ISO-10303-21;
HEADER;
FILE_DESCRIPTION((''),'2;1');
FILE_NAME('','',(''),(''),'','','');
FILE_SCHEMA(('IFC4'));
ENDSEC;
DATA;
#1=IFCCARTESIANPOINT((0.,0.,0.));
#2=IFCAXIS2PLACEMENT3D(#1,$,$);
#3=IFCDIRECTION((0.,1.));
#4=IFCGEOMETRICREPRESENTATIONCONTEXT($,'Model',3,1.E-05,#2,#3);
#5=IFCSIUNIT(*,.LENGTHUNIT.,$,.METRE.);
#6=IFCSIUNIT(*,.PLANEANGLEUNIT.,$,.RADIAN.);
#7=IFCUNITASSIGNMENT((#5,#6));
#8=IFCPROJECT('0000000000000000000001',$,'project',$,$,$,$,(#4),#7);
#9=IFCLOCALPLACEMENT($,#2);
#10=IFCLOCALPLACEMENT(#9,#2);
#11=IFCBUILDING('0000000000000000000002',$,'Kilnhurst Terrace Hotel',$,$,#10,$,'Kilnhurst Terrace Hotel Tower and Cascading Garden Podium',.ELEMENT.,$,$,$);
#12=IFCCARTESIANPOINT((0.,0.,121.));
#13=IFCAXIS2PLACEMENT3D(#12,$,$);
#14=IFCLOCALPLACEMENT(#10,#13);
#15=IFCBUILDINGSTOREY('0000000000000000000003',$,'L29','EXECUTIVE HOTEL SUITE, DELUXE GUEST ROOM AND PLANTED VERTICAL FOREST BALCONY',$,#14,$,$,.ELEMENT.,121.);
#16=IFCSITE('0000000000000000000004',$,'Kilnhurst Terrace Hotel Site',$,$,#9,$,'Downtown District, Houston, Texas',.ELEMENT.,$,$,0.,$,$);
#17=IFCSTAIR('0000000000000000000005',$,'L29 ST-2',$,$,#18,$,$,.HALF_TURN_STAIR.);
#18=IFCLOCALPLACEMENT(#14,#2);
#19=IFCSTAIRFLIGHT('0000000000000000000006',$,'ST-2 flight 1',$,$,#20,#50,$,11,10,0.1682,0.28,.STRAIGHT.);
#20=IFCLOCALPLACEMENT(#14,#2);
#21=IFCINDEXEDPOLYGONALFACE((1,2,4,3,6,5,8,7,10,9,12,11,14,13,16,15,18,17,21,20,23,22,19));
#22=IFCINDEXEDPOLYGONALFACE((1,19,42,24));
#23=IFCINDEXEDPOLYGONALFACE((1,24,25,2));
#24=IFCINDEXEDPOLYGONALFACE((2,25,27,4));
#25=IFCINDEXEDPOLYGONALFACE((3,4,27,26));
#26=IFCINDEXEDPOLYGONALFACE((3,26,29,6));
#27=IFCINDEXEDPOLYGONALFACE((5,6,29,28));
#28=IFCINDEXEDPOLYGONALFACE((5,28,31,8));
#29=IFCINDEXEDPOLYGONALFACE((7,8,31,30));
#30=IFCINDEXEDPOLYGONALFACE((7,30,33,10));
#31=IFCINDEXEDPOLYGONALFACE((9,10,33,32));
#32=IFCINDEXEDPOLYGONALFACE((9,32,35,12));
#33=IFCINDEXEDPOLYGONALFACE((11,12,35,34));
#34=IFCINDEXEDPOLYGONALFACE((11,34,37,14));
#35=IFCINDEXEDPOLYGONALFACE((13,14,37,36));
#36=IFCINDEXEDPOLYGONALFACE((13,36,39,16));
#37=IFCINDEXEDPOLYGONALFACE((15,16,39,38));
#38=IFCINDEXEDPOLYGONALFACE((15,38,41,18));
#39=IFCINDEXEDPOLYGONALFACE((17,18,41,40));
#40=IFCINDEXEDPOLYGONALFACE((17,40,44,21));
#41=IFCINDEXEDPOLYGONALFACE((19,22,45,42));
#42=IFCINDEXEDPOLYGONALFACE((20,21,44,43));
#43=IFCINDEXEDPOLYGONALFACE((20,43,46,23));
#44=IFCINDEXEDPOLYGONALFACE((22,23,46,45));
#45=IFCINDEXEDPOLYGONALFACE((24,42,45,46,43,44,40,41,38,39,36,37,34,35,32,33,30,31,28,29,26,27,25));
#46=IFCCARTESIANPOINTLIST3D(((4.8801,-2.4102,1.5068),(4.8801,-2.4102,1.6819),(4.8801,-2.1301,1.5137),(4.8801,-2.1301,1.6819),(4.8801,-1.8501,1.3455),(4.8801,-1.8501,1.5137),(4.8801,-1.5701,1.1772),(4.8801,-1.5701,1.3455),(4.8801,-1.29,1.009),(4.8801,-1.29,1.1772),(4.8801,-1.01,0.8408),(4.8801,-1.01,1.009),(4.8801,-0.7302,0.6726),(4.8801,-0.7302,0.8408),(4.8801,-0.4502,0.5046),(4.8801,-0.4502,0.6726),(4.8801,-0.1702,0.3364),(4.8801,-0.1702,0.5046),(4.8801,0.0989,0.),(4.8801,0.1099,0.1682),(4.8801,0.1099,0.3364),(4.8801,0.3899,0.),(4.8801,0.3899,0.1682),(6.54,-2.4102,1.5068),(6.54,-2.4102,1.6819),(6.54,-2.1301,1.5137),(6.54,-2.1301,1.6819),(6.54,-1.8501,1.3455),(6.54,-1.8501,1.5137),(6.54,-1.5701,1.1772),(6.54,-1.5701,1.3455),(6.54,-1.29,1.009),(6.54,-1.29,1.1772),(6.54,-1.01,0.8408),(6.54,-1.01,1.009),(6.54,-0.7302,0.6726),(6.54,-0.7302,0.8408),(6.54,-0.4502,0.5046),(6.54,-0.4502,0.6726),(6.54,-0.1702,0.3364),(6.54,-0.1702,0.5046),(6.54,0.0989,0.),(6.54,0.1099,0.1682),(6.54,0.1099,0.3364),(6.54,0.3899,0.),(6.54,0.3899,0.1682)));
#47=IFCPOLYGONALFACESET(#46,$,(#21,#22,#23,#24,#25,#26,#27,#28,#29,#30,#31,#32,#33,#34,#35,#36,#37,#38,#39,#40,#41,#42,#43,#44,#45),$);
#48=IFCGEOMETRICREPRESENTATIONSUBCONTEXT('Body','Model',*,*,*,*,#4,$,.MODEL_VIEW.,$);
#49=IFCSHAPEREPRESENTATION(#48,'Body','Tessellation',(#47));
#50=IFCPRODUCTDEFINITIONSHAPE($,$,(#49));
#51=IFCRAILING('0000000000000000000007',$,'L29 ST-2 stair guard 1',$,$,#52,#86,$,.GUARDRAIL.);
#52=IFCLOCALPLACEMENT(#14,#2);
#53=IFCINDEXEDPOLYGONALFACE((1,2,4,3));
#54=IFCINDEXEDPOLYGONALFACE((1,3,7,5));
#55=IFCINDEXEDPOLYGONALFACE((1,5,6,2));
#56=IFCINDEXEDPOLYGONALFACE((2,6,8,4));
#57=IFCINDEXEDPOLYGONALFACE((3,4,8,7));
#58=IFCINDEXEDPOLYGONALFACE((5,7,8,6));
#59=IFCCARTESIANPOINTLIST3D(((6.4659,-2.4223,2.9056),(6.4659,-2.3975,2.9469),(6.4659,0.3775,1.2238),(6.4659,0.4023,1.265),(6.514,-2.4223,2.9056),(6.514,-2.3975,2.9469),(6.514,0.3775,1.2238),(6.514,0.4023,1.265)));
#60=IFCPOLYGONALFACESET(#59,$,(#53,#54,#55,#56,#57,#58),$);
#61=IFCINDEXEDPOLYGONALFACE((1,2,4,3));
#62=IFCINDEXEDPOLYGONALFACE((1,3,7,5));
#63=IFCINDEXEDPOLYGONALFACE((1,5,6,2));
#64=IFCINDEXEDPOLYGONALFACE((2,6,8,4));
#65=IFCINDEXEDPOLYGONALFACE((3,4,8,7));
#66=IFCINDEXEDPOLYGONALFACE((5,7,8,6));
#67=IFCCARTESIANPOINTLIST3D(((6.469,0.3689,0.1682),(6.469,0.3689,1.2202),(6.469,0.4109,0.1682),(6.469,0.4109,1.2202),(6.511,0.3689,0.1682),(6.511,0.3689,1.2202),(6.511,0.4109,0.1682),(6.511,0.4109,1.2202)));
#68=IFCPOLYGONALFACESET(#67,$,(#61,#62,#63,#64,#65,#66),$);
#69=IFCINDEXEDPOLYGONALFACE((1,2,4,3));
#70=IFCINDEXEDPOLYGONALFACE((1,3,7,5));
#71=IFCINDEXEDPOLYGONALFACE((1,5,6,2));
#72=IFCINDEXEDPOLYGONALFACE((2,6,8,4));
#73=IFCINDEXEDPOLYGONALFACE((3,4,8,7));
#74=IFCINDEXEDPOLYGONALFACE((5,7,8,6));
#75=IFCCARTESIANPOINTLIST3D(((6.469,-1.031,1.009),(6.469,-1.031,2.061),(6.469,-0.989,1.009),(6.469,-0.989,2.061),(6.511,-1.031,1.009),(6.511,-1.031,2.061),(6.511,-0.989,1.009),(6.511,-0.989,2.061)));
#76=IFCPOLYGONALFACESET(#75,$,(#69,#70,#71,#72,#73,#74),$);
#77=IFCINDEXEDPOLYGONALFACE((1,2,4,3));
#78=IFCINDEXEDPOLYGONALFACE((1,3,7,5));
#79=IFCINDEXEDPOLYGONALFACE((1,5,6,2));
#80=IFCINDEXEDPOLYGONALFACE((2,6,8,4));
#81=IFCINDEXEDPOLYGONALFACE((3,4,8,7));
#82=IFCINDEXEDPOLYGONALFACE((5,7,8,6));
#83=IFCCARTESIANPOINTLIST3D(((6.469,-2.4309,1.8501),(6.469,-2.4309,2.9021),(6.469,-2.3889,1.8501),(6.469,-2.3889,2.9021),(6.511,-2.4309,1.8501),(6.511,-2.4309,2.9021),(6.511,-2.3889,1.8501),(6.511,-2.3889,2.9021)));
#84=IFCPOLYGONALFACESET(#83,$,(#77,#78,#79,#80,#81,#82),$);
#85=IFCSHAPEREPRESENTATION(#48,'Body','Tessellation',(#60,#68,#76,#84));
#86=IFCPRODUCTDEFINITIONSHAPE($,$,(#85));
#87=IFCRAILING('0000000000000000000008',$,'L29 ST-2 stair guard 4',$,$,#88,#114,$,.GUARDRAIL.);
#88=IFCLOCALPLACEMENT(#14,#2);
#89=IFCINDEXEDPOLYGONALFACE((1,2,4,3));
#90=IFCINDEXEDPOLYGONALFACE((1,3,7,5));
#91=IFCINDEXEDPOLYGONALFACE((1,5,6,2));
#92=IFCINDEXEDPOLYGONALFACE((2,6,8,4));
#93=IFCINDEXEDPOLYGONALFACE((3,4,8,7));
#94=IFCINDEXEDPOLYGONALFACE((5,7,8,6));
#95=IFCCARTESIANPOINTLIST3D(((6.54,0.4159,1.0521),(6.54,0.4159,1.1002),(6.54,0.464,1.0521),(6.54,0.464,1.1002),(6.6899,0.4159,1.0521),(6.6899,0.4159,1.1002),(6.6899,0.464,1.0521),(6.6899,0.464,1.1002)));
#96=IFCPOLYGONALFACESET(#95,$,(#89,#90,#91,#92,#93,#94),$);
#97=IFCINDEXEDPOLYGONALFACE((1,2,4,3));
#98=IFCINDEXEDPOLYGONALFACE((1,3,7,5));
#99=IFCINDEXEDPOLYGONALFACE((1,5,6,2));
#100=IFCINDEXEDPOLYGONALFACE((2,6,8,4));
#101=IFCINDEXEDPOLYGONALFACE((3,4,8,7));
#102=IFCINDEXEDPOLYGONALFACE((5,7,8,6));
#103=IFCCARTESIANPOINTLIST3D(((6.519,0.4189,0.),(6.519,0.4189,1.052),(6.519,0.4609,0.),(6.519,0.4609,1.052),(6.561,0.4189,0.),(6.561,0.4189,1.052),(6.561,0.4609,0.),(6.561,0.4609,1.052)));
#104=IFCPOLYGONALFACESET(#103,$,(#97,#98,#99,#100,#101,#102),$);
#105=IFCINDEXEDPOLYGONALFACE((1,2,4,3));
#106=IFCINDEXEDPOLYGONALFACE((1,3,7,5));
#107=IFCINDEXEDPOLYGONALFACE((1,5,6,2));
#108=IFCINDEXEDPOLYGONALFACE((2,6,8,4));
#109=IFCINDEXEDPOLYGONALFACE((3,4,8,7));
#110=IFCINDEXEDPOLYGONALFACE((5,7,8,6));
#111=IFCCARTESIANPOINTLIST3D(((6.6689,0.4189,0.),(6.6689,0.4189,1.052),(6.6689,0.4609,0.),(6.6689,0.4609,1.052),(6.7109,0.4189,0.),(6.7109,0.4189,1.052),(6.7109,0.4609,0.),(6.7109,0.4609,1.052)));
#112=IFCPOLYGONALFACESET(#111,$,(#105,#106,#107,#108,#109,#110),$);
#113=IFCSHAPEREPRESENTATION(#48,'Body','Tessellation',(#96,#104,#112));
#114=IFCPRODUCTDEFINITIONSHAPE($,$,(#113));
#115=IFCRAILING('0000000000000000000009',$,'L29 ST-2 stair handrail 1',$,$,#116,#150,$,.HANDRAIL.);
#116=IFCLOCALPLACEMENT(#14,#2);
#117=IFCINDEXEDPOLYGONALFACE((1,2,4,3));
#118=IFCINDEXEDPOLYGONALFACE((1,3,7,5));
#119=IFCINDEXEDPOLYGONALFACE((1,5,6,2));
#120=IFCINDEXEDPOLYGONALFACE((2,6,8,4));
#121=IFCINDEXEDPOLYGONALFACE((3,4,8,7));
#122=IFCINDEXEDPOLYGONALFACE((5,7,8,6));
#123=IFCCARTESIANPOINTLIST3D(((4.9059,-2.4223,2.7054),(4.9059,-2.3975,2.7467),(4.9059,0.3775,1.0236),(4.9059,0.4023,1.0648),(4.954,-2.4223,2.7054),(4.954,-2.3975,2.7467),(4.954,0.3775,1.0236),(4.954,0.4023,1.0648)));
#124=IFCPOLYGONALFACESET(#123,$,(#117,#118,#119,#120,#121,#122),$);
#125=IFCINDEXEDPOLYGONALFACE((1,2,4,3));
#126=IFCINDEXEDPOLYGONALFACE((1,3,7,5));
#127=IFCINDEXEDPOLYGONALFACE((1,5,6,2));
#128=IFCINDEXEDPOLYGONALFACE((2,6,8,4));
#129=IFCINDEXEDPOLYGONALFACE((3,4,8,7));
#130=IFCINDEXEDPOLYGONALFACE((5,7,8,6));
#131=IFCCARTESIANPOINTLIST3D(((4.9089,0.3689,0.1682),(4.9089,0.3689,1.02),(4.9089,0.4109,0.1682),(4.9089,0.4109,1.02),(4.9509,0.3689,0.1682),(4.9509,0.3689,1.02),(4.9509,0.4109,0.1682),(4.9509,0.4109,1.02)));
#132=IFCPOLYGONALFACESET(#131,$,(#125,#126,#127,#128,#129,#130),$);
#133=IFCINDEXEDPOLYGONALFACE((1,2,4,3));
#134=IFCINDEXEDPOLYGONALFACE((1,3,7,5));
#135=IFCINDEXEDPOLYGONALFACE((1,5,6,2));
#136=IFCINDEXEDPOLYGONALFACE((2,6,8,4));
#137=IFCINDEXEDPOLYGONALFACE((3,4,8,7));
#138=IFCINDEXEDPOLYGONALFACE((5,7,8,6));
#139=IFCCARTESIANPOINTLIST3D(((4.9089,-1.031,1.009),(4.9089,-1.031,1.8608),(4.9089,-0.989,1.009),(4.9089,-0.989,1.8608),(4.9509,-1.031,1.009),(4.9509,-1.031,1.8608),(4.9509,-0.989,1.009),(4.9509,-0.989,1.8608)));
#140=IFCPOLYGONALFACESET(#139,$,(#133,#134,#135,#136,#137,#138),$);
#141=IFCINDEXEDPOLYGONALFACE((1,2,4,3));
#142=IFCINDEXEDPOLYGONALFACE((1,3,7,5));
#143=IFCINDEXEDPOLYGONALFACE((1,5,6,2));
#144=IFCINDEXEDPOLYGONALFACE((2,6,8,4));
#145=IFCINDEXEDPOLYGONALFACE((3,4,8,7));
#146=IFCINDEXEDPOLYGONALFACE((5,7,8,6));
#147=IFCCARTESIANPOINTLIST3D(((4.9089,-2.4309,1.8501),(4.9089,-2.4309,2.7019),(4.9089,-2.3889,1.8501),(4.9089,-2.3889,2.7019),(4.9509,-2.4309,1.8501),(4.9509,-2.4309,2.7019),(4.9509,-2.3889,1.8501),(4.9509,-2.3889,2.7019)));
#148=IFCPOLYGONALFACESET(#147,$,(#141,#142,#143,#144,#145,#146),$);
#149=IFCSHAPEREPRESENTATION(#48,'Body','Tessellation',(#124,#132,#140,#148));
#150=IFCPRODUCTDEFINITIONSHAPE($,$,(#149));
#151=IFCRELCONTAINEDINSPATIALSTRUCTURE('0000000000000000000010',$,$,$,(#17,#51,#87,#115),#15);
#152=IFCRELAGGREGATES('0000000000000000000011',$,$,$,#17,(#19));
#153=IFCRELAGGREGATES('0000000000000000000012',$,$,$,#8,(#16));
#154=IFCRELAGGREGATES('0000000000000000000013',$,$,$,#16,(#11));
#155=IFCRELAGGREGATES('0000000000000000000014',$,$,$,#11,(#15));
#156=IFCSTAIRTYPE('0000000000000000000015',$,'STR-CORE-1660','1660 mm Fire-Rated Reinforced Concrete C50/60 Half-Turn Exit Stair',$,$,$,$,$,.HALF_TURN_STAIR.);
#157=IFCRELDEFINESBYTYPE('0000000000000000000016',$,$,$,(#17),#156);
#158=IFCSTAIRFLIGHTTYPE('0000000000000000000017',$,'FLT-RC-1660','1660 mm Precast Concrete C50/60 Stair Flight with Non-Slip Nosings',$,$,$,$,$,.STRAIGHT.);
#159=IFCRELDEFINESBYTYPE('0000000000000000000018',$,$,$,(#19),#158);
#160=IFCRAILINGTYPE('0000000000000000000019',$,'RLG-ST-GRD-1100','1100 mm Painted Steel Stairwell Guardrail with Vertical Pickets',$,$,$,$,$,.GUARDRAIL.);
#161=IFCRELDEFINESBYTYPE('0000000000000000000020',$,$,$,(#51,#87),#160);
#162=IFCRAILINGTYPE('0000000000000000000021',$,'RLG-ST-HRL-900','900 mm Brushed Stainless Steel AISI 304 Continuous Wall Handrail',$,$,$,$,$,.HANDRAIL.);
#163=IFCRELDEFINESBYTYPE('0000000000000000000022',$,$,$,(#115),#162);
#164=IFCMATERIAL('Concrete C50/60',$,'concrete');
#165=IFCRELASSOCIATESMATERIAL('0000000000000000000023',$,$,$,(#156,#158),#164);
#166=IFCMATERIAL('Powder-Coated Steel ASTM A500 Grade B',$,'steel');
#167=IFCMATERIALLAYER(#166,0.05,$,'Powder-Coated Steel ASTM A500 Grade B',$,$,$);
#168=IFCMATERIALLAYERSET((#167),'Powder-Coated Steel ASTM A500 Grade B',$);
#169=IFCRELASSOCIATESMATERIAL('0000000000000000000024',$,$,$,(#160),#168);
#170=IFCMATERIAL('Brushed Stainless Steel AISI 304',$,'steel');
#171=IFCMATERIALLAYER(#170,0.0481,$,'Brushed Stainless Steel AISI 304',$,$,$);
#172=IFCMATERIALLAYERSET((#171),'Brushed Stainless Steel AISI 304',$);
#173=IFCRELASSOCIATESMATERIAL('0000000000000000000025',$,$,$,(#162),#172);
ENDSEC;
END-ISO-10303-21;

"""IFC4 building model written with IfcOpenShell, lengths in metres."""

from ifc_helpers import new_model, si_unit, direction, frame, origin, origin_2d, place, context, subcontext, project, spatial, polyline, rectangle, outline, extrude, material, layer, layer_set, type_object, element, aggregate, save


model = new_model("IFC4")

# Units and contexts
model_context = context("Model", 3, precision=1e-05, world=origin(), true_north=direction((0.0, 1.0)))
body_context = subcontext(model_context, "Body", "Model", "MODEL_VIEW")
ifc_project = project(units=[si_unit("LENGTHUNIT", "METRE"), si_unit("PLANEANGLEUNIT", "RADIAN")], contexts=[model_context])

# Site, building, storey
site_placement = place(None, origin())
site = spatial("IfcSite", under=ifc_project, at=site_placement, Name="Kilnhurst Terrace Hotel Site", LongName="Downtown District, Houston, Texas", CompositionType="ELEMENT", RefElevation=0.0)
building_placement = place(site_placement, origin())
building = spatial("IfcBuilding", under=site, at=building_placement, Name="Kilnhurst Terrace Hotel", LongName="Kilnhurst Terrace Hotel Tower and Cascading Garden Podium", CompositionType="ELEMENT")
storey_placement = place(building_placement, frame((0.0, 0.0, 121.0)))
storey = spatial("IfcBuildingStorey", under=building, at=storey_placement, Name="L29", Description="EXECUTIVE HOTEL SUITE, DELUXE GUEST ROOM AND PLANTED VERTICAL FOREST BALCONY", CompositionType="ELEMENT", Elevation=121.0)

# Stair
ifc_material_1 = material(Name="Concrete C50/60", Category="concrete")
stair_type = type_object("IfcStairType", Name="STR-CORE-1660", Description="1660 mm Fire-Rated Reinforced Concrete C50/60 Half-Turn Exit Stair", PredefinedType="HALF_TURN_STAIR", material=ifc_material_1)
stair_1_placement = place(storey_placement, origin())
stair_1 = element("IfcStair", 1, at=stair_1_placement, inside=storey, type_object=stair_type, Name="L29 ST-2", PredefinedType="HALF_TURN_STAIR")

# Stair flight
stair_flight_type = type_object("IfcStairFlightType", Name="FLT-RC-1660", Description="1660 mm Precast Concrete C50/60 Stair Flight with Non-Slip Nosings", PredefinedType="STRAIGHT", material=ifc_material_1)
stair_flight_placement = place(storey_placement, frame((5.71, 0.3899, 0.0), z_axis=(0.0, 0.0, 1.0), x_axis=(0.0, -1.0, 0.0)))
stair_flight = element("IfcStairFlight", 2, at=stair_flight_placement, type_object=stair_flight_type, Name="ST-2 flight 1", NumberOfRisers=11, NumberOfTreads=10, PredefinedType="STRAIGHT", RiserHeight=0.1682, TreadLength=0.28, context=body_context, shape_type="SweptSolid", body=[
    extrude(outline(polyline([(0.0, 0.0), (0.0, 0.1682), (0.28, 0.1682), (0.28, 0.3364), (0.5601, 0.3364), (0.5601, 0.5046), (0.8401, 0.5046), (0.8401, 0.6726), (1.1201, 0.6726), (1.1201, 0.8408), (1.3999, 0.8408), (1.3999, 1.009), (1.6799, 1.009), (1.6799, 1.1772), (1.96, 1.1772), (1.96, 1.3455), (2.24, 1.3455), (2.24, 1.5137), (2.52, 1.5137), (2.52, 1.6819), (2.8, 1.6819), (2.8, 1.8501), (2.8, 1.5068), (0.291, 0.0), (0.0, 0.0)])), frame((0.0, 0.8301, 0.0), z_axis=(0.0, -1.0, 0.0), x_axis=(1.0, 0.0, 0.0)), (0.0, 0.0, 1.0), 1.6599),
])
aggregate(stair_1, [stair_flight])

# Railings
ifc_material_2 = material(Name="Powder-Coated Steel ASTM A500 Grade B", Category="steel")
ifc_layer_1 = layer(ifc_material_2, 0.05, Name="Powder-Coated Steel ASTM A500 Grade B")
ifc_layer_set_1 = layer_set([ifc_layer_1], Name="Powder-Coated Steel ASTM A500 Grade B")
railing_type_1 = type_object("IfcRailingType", Name="RLG-ST-GRD-1100", Description="1100 mm Painted Steel Stairwell Guardrail with Vertical Pickets", PredefinedType="GUARDRAIL", material=ifc_layer_set_1)
railing_1_placement = place(storey_placement, frame((6.49, 0.3899, 0.1682)))
element("IfcRailing", 3, at=railing_1_placement, inside=storey, type_object=railing_type_1, Name="L29 ST-2 stair guard 1", PredefinedType="GUARDRAIL", context=body_context, shape_type="SweptSolid", body=[
    extrude(rectangle(XDim=0.0481, YDim=0.0481, at=origin_2d()), frame((0.0, 0.0, 1.0762), z_axis=(0.0, -0.857222, 0.514946), x_axis=(1.0, 0.0, 0.0)), (0.0, 0.0, 1.0), 3.2661),
    extrude(rectangle(XDim=0.042, YDim=0.042, at=origin_2d()), origin(), (0.0, 0.0, 1.0), 1.052),
    extrude(rectangle(XDim=0.042, YDim=0.042, at=origin_2d()), frame((0.0, -1.3999, 0.8408)), (0.0, 0.0, 1.0), 1.052),
    extrude(rectangle(XDim=0.042, YDim=0.042, at=origin_2d()), frame((0.0, -2.7998, 1.6819)), (0.0, 0.0, 1.0), 1.052),
])
railing_2_placement = place(storey_placement, frame((6.54, 0.4399, 0.0)))
element("IfcRailing", 4, at=railing_2_placement, inside=storey, type_object=railing_type_1, Name="L29 ST-2 stair guard 4", PredefinedType="GUARDRAIL", context=body_context, shape_type="SweptSolid", body=[
    extrude(rectangle(XDim=0.0481, YDim=0.0481, at=origin_2d()), frame((0.0, 0.0, 1.0762), z_axis=(1.0, 0.0, 0.0), x_axis=(0.0, 1.0, 0.0)), (0.0, 0.0, 1.0), 0.1499),
    extrude(rectangle(XDim=0.042, YDim=0.042, at=origin_2d()), origin(), (0.0, 0.0, 1.0), 1.052),
    extrude(rectangle(XDim=0.042, YDim=0.042, at=origin_2d()), frame((0.1499, 0.0, 0.0)), (0.0, 0.0, 1.0), 1.052),
])
ifc_material_3 = material(Name="Brushed Stainless Steel AISI 304", Category="steel")
ifc_layer_2 = layer(ifc_material_3, 0.0481, Name="Brushed Stainless Steel AISI 304")
ifc_layer_set_2 = layer_set([ifc_layer_2], Name="Brushed Stainless Steel AISI 304")
railing_type_2 = type_object("IfcRailingType", Name="RLG-ST-HRL-900", Description="900 mm Brushed Stainless Steel AISI 304 Continuous Wall Handrail", PredefinedType="HANDRAIL", material=ifc_layer_set_2)
railing_3_placement = place(storey_placement, frame((4.9299, 0.3899, 0.1682)))
element("IfcRailing", 5, at=railing_3_placement, inside=storey, type_object=railing_type_2, Name="L29 ST-2 stair handrail 1", PredefinedType="HANDRAIL", context=body_context, shape_type="SweptSolid", body=[
    extrude(rectangle(XDim=0.0481, YDim=0.0481, at=origin_2d()), frame((0.0, 0.0, 0.876), z_axis=(0.0, -0.857222, 0.514946), x_axis=(1.0, 0.0, 0.0)), (0.0, 0.0, 1.0), 3.2661),
    extrude(rectangle(XDim=0.042, YDim=0.042, at=origin_2d()), origin(), (0.0, 0.0, 1.0), 0.8518),
    extrude(rectangle(XDim=0.042, YDim=0.042, at=origin_2d()), frame((0.0, -1.3999, 0.8408)), (0.0, 0.0, 1.0), 0.8518),
    extrude(rectangle(XDim=0.042, YDim=0.042, at=origin_2d()), frame((0.0, -2.7998, 1.6819)), (0.0, 0.0, 1.0), 0.8518),
])

save(model, "model.ifc")
